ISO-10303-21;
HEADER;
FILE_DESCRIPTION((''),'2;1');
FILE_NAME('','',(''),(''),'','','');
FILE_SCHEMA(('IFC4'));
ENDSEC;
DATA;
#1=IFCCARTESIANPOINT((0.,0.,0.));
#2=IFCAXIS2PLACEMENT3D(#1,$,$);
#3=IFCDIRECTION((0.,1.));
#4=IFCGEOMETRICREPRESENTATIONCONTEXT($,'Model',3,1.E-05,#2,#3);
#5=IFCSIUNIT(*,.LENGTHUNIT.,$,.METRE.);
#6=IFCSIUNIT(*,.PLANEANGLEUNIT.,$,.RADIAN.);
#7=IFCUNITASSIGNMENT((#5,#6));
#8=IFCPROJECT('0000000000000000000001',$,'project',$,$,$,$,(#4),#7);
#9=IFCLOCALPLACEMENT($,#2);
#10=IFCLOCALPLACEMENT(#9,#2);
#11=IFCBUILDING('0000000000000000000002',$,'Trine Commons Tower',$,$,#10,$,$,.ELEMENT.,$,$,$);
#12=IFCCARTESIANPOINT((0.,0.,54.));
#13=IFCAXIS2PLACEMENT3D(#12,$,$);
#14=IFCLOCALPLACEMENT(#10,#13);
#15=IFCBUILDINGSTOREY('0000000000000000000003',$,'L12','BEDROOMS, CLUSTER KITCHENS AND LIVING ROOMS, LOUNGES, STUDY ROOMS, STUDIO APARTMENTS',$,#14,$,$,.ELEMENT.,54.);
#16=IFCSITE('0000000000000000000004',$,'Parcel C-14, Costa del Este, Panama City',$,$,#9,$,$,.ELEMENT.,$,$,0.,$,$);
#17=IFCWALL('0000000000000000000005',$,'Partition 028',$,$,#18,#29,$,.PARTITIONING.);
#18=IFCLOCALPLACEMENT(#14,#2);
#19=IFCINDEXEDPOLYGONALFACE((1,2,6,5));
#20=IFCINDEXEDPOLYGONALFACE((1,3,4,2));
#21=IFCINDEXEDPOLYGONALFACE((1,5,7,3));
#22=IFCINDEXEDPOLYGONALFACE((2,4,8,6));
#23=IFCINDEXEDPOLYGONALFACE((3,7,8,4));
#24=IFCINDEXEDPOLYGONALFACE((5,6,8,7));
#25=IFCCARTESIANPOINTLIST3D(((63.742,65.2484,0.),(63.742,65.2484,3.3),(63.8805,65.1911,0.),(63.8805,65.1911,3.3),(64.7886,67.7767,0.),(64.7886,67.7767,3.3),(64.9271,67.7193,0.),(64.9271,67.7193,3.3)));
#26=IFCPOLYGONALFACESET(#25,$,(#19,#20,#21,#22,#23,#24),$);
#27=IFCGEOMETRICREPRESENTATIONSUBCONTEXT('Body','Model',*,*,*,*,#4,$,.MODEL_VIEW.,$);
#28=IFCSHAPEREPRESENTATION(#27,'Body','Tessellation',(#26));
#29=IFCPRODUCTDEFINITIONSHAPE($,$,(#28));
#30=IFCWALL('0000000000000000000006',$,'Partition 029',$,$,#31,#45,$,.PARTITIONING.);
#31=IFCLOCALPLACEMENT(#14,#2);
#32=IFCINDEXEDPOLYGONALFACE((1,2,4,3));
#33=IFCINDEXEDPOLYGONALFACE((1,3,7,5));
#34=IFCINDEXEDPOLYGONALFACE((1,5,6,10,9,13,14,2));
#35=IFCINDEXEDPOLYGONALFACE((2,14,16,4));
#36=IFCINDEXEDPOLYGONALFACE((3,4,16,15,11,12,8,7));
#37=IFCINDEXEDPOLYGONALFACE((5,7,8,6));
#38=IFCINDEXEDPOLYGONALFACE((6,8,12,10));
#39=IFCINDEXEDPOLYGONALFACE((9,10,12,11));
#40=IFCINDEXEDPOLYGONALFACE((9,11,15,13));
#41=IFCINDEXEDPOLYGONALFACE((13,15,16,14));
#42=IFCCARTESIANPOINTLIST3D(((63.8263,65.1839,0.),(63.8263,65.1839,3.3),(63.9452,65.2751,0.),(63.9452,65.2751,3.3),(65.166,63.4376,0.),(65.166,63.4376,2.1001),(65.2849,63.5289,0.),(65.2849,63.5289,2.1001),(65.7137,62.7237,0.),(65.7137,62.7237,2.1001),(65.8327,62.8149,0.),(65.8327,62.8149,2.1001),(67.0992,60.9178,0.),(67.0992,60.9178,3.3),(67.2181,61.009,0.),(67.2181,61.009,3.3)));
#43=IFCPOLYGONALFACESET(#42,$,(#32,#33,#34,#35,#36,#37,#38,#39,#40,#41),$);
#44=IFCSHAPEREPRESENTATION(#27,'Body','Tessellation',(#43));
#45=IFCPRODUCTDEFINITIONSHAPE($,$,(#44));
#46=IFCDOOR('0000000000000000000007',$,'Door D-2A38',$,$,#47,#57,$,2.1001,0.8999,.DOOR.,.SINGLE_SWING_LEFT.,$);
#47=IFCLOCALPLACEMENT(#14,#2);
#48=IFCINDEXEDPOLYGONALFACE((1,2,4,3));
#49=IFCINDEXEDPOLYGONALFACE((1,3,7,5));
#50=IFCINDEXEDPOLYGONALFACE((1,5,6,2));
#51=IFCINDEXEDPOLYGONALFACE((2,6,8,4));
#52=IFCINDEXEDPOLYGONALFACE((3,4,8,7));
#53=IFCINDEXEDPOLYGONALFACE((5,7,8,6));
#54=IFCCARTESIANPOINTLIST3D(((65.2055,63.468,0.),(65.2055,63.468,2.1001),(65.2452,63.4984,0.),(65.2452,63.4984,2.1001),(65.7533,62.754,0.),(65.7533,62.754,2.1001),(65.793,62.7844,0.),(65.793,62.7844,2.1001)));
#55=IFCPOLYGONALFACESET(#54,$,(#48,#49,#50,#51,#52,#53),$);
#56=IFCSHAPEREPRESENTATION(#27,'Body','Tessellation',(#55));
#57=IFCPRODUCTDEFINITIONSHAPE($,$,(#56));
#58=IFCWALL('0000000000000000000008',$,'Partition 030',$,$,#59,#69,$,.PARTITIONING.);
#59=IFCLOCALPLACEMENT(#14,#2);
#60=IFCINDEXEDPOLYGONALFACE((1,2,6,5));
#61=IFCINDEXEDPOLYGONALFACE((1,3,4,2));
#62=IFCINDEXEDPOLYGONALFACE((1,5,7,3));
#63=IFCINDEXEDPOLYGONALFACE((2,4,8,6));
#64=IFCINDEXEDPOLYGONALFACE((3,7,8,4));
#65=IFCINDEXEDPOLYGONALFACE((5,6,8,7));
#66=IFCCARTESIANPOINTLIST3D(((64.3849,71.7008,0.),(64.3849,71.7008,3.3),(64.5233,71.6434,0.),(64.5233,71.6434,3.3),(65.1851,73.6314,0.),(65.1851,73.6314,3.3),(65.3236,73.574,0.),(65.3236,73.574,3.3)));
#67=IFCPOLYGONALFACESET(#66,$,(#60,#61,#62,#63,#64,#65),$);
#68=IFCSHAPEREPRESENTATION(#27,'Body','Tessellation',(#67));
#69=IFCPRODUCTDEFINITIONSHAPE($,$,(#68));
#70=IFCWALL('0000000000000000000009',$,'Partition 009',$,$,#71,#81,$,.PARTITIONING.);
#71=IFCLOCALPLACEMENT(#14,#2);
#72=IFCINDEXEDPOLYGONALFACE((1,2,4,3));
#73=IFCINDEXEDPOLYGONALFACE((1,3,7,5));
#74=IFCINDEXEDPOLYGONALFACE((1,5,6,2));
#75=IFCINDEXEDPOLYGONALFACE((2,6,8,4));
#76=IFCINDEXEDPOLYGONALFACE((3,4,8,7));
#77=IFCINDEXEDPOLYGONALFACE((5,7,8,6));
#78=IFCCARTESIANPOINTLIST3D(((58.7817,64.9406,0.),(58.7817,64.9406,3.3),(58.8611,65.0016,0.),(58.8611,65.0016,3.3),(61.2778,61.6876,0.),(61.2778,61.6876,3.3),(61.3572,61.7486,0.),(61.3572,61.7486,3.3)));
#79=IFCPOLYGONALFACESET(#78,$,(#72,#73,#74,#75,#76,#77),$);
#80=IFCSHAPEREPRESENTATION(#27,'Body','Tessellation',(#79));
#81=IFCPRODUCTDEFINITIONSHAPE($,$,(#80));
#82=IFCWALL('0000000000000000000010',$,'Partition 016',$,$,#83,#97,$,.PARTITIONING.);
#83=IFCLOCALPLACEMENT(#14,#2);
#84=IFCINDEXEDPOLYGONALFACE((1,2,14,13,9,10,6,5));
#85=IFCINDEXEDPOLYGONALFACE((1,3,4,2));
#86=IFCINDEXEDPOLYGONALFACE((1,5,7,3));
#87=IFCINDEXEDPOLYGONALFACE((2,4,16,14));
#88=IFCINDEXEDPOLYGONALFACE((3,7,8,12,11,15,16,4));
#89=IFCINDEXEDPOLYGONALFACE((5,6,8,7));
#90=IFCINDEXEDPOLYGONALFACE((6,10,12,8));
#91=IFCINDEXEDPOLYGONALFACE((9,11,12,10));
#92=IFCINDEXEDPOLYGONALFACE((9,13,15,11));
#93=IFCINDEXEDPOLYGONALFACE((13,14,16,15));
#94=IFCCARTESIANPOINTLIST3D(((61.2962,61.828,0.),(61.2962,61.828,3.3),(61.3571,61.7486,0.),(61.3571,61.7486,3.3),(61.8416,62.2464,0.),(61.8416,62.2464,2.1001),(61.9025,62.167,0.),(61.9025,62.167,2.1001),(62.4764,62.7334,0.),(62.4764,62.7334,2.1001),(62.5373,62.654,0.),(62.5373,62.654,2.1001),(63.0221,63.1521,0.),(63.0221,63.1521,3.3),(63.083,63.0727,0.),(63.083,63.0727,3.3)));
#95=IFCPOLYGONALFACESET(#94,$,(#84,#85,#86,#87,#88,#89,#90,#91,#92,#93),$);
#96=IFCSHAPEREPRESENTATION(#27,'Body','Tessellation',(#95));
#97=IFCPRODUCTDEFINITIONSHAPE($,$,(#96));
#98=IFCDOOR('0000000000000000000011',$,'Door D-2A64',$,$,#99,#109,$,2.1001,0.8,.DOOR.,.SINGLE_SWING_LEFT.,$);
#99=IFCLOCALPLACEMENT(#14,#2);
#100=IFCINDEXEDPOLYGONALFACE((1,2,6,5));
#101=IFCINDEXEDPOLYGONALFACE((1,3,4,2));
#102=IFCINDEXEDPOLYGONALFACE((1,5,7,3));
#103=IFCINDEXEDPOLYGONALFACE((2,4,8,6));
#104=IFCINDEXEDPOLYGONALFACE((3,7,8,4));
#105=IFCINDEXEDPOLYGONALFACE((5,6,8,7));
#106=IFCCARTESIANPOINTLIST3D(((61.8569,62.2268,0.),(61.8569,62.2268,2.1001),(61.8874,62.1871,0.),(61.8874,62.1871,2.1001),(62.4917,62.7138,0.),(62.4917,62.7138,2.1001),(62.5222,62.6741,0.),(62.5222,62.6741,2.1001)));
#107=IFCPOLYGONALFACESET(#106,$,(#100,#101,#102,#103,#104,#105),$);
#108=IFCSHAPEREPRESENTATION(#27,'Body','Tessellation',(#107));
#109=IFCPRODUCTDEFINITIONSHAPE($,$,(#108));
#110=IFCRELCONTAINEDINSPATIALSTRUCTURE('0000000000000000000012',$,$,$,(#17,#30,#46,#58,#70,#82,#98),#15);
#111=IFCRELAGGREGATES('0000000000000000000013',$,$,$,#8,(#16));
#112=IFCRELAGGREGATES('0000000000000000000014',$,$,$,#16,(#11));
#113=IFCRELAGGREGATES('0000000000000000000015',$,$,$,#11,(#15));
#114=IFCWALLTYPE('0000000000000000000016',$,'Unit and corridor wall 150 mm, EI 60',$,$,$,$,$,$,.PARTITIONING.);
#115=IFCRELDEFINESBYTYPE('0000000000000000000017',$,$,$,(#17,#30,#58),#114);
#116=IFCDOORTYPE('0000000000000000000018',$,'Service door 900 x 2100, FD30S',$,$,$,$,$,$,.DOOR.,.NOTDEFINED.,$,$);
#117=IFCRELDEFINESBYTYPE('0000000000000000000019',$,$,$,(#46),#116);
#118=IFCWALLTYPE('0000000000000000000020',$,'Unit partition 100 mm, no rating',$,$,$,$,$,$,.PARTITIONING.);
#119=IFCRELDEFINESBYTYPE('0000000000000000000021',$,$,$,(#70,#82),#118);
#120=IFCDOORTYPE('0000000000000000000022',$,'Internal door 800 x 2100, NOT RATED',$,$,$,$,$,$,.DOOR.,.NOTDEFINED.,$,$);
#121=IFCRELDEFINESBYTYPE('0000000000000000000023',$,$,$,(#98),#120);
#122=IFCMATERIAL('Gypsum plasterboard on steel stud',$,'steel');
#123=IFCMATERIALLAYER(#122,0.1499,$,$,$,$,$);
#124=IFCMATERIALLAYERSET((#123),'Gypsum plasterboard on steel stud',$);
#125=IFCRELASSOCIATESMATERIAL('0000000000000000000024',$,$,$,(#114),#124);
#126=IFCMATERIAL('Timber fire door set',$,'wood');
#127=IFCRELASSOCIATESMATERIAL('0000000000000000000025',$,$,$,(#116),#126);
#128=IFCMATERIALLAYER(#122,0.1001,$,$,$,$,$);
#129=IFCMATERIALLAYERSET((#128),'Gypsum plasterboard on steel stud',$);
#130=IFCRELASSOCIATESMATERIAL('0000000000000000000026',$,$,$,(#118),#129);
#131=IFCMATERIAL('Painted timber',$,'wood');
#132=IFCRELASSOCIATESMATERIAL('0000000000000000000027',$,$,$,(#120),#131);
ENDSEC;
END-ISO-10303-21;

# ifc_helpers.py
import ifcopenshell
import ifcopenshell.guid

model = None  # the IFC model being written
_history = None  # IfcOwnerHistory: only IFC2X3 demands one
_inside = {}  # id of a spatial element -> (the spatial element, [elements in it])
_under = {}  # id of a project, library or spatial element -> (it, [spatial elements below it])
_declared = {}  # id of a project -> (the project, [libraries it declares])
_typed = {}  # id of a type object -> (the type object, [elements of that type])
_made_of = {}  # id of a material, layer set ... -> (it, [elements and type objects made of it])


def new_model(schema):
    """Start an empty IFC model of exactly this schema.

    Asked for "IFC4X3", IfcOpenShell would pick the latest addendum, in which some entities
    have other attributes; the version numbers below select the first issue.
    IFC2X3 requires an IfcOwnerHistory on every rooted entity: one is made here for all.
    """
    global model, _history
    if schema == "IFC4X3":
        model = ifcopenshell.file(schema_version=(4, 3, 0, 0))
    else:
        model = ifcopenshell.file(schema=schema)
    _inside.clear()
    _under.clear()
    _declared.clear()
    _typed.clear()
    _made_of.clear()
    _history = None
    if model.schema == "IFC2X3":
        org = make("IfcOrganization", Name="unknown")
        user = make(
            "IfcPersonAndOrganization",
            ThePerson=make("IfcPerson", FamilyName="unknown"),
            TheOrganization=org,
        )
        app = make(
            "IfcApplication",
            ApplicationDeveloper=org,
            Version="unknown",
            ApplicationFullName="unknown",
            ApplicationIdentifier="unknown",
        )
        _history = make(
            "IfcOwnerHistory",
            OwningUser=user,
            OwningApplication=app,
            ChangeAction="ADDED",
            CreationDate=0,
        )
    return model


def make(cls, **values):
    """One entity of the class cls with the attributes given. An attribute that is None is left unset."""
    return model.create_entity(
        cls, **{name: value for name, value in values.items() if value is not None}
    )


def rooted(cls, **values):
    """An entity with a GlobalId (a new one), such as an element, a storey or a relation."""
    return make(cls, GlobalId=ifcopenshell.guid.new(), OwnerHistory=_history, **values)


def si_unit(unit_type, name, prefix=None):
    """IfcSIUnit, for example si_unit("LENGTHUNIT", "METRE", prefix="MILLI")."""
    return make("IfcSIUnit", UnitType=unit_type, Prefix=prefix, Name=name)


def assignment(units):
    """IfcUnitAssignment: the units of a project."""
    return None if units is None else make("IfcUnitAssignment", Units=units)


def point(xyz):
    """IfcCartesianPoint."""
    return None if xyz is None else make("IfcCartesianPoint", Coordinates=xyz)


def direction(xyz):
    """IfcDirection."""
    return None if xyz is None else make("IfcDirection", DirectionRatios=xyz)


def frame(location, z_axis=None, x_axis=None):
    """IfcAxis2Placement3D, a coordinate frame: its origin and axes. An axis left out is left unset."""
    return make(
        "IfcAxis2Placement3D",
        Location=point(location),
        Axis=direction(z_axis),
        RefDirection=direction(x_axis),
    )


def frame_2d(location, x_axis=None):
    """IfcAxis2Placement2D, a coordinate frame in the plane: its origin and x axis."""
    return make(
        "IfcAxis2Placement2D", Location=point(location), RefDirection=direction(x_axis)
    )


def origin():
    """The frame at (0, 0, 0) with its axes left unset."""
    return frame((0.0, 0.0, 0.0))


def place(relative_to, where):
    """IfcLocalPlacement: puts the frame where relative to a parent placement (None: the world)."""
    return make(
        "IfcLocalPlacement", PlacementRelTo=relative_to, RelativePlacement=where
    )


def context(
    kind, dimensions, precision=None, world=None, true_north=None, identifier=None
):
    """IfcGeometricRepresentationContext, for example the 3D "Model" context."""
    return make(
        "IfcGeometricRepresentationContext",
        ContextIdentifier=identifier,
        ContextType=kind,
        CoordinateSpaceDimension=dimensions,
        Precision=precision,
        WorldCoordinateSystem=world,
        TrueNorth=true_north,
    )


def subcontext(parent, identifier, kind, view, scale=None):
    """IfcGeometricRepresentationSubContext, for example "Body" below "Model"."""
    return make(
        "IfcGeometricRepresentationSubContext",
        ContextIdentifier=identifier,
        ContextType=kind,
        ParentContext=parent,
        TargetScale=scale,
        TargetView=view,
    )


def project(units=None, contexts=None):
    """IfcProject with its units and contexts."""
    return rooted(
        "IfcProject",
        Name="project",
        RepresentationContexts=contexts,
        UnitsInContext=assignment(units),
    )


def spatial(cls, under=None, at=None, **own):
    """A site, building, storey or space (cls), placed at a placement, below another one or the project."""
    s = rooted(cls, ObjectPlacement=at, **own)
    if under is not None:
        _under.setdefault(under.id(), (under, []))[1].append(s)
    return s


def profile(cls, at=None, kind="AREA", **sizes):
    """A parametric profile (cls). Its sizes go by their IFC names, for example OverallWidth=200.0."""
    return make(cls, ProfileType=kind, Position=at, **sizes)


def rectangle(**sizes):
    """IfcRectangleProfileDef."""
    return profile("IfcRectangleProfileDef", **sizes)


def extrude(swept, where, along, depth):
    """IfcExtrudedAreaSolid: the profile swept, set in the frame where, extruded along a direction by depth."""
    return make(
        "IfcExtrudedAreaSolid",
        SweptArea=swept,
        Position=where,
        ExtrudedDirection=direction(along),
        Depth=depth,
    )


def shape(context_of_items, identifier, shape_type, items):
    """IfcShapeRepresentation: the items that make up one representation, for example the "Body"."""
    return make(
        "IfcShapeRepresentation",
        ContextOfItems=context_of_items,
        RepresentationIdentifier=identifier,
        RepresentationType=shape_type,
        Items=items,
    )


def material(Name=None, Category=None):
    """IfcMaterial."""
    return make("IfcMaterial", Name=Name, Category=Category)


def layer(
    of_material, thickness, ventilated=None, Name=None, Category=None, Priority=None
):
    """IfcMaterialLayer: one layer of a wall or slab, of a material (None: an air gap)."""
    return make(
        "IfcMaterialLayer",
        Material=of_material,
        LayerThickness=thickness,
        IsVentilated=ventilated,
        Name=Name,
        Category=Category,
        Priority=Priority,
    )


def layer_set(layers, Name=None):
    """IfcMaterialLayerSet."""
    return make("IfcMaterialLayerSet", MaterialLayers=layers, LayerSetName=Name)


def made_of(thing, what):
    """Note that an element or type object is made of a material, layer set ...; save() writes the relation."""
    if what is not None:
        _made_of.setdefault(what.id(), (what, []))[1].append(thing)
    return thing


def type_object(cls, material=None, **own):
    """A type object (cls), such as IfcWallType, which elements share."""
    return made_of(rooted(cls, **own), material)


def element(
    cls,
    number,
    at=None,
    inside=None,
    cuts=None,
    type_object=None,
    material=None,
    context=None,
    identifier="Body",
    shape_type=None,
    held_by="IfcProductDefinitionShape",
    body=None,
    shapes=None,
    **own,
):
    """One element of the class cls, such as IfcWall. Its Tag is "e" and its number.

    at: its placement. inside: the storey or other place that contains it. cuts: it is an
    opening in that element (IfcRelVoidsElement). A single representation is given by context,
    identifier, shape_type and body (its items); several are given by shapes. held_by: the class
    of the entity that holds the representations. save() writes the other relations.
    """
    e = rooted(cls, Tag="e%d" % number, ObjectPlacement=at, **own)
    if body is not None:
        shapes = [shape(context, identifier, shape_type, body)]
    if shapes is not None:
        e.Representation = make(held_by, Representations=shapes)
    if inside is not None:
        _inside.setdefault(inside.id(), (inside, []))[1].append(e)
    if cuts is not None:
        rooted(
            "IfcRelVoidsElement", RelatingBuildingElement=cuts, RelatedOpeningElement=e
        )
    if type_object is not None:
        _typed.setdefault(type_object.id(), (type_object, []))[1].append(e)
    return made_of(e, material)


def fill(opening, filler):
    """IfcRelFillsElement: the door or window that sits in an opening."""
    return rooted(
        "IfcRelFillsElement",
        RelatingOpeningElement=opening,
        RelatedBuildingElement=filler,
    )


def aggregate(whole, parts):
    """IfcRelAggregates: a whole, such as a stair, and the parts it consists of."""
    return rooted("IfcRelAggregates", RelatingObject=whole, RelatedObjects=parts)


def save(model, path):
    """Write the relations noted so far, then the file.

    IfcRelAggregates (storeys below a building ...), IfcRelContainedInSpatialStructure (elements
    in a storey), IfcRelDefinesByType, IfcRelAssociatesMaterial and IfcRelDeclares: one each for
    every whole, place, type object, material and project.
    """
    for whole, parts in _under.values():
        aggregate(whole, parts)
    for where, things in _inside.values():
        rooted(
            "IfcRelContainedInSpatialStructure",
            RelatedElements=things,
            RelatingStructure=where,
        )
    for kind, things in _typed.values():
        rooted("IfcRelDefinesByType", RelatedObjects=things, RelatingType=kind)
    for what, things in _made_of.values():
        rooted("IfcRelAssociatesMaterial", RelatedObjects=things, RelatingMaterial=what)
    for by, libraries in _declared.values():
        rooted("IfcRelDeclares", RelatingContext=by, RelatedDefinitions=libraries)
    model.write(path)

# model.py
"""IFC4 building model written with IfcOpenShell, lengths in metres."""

from ifc_helpers import new_model, si_unit, direction, frame, frame_2d, origin, place, context, subcontext, project, spatial, rectangle, extrude, material, layer, layer_set, type_object, element, fill, save


model = new_model("IFC4")

# Units and contexts
model_context = context("Model", 3, precision=1e-05, world=origin(), true_north=direction((0.0, 1.0)))
body_context = subcontext(model_context, "Body", "Model", "MODEL_VIEW")
ifc_project = project(units=[si_unit("LENGTHUNIT", "METRE"), si_unit("PLANEANGLEUNIT", "RADIAN")], contexts=[model_context])

# Site, building, storey
site_placement = place(None, origin())
site = spatial("IfcSite", under=ifc_project, at=site_placement, Name="Parcel C-14, Costa del Este, Panama City", CompositionType="ELEMENT", RefElevation=0.0)
building_placement = place(site_placement, origin())
building = spatial("IfcBuilding", under=site, at=building_placement, Name="Trine Commons Tower", CompositionType="ELEMENT")
storey_placement = place(building_placement, frame((0.0, 0.0, 54.0)))
storey = spatial("IfcBuildingStorey", under=building, at=storey_placement, Name="L12", Description="BEDROOMS, CLUSTER KITCHENS AND LIVING ROOMS, LOUNGES, STUDY ROOMS, STUDIO APARTMENTS", CompositionType="ELEMENT", Elevation=54.0)

# Shared definitions
ifc_material_1 = material(Name="Gypsum plasterboard on steel stud", Category="steel")
ifc_layer_1 = layer(ifc_material_1, 0.1499)
ifc_layer_set_1 = layer_set([ifc_layer_1], Name="Gypsum plasterboard on steel stud")
wall_type_1 = type_object("IfcWallType", Name="Unit and corridor wall 150 mm, EI 60", PredefinedType="PARTITIONING", material=ifc_layer_set_1)

# Shared definitions
ifc_material_2 = material(Name="Painted timber", Category="wood")
ifc_material_3 = material(Name="Timber fire door set", Category="wood")

# Wall
wall_1_placement = place(storey_placement, frame((63.8113, 65.2197, 0.0), z_axis=(0.0, 0.0, 1.0), x_axis=(0.382486, 0.923961, 0.0)))
element("IfcWall", 1, at=wall_1_placement, inside=storey, type_object=wall_type_1, Name="Partition 028", PredefinedType="PARTITIONING", context=body_context, shape_type="SweptSolid", body=[
    extrude(rectangle(XDim=2.7363, YDim=0.1499, at=frame_2d((1.3682, 0.0))), origin(), (0.0, 0.0, 1.0), 3.3),
])

# Wall, opening, door
wall_2_placement = place(storey_placement, frame((63.8857, 65.2295, 0.0), z_axis=(0.0, 0.0, 1.0), x_axis=(0.608697, -0.793403, 0.0)))
wall_2 = element("IfcWall", 2, at=wall_2_placement, inside=storey, type_object=wall_type_1, Name="Partition 029", PredefinedType="PARTITIONING", context=body_context, shape_type="SweptSolid", body=[
    extrude(rectangle(XDim=5.377, YDim=0.1499, at=frame_2d((2.6885, 0.0))), origin(), (0.0, 0.0, 1.0), 3.3),
])
opening_1_placement = place(wall_2_placement, frame((2.2009, 0.0, 0.0)))
opening_1 = element("IfcOpeningElement", 3, at=opening_1_placement, cuts=wall_2, PredefinedType="OPENING", context=body_context, shape_type="SweptSolid", body=[
    extrude(rectangle(XDim=0.8999, YDim=2.1001, at=frame_2d((0.45, 1.05))), frame((0.0, 0.085, 0.0), z_axis=(0.0, -1.0, 0.0), x_axis=(1.0, 0.0, 0.0)), (0.0, 0.0, 1.0), 0.1699),
])
door_type_1 = type_object("IfcDoorType", Name="Service door 900 x 2100, FD30S", OperationType="NOTDEFINED", PredefinedType="DOOR", material=ifc_material_3)
door_1_placement = place(opening_1_placement, origin())
door_1 = element("IfcDoor", 4, at=door_1_placement, inside=storey, type_object=door_type_1, Name="Door D-2A38", OperationType="SINGLE_SWING_LEFT", OverallHeight=2.1001, OverallWidth=0.8999, PredefinedType="DOOR", context=body_context, shape_type="SweptSolid", body=[
    extrude(rectangle(XDim=0.8999, YDim=2.1001, at=frame_2d((0.45, 1.05))), frame((0.0, 0.0249, 0.0), z_axis=(0.0, -1.0, 0.0), x_axis=(1.0, 0.0, 0.0)), (0.0, 0.0, 1.0), 0.05),
])
fill(opening_1, door_1)

# Walls
wall_3_placement = place(storey_placement, frame((64.4541, 71.6721, 0.0), z_axis=(0.0, 0.0, 1.0), x_axis=(0.382923, 0.92378, 0.0)))
element("IfcWall", 5, at=wall_3_placement, inside=storey, type_object=wall_type_1, Name="Partition 030", PredefinedType="PARTITIONING", context=body_context, shape_type="SweptSolid", body=[
    extrude(rectangle(XDim=2.0898, YDim=0.1499, at=frame_2d((1.0449, 0.0))), origin(), (0.0, 0.0, 1.0), 3.3),
])
ifc_layer_2 = layer(ifc_material_1, 0.1001)
ifc_layer_set_2 = layer_set([ifc_layer_2], Name="Gypsum plasterboard on steel stud")
wall_type_2 = type_object("IfcWallType", Name="Unit partition 100 mm, no rating", PredefinedType="PARTITIONING", material=ifc_layer_set_2)
wall_4_placement = place(storey_placement, frame((58.8213, 64.9712, 0.0), z_axis=(0.0, 0.0, 1.0), x_axis=(0.608766, -0.793349, 0.0)))
element("IfcWall", 6, at=wall_4_placement, inside=storey, type_object=wall_type_2, Name="Partition 009", PredefinedType="PARTITIONING", context=body_context, shape_type="SweptSolid", body=[
    extrude(rectangle(XDim=4.1003, YDim=0.1001, at=frame_2d((2.0503, 0.0))), origin(), (0.0, 0.0, 1.0), 3.3),
])

# Wall, opening, door
wall_5_placement = place(storey_placement, frame((61.3267, 61.7883, 0.0), z_axis=(0.0, 0.0, 1.0), x_axis=(0.79342, 0.608674, 0.0)))
wall_5 = element("IfcWall", 7, at=wall_5_placement, inside=storey, type_object=wall_type_2, Name="Partition 016", PredefinedType="PARTITIONING", context=body_context, shape_type="SweptSolid", body=[
    extrude(rectangle(XDim=2.1753, YDim=0.1001, at=frame_2d((1.0876, 0.0))), origin(), (0.0, 0.0, 1.0), 3.3),
])
opening_2_placement = place(wall_5_placement, frame((0.6875, 0.0, 0.0)))
opening_2 = element("IfcOpeningElement", 8, at=opening_2_placement, cuts=wall_5, PredefinedType="OPENING", context=body_context, shape_type="SweptSolid", body=[
    extrude(rectangle(XDim=0.8, YDim=2.1001, at=frame_2d((0.3999, 1.05))), frame((0.0, 0.0601, 0.0), z_axis=(0.0, -1.0, 0.0), x_axis=(1.0, 0.0, 0.0)), (0.0, 0.0, 1.0), 0.1201),
])
door_type_2 = type_object("IfcDoorType", Name="Internal door 800 x 2100, NOT RATED", OperationType="NOTDEFINED", PredefinedType="DOOR", material=ifc_material_2)
door_2_placement = place(opening_2_placement, frame((0.8, 0.0, 0.0), z_axis=(0.0, 0.0, 1.0), x_axis=(-1.0, 0.0, 0.0)))
door_2 = element("IfcDoor", 9, at=door_2_placement, inside=storey, type_object=door_type_2, Name="Door D-2A64", OperationType="SINGLE_SWING_LEFT", OverallHeight=2.1001, OverallWidth=0.8, PredefinedType="DOOR", context=body_context, shape_type="SweptSolid", body=[
    extrude(rectangle(XDim=0.8, YDim=2.1001, at=frame_2d((0.3999, 1.05))), frame((0.0, 0.0249, 0.0), z_axis=(0.0, -1.0, 0.0), x_axis=(1.0, 0.0, 0.0)), (0.0, 0.0, 1.0), 0.05),
])
fill(opening_2, door_2)

save(model, "model.ifc")
